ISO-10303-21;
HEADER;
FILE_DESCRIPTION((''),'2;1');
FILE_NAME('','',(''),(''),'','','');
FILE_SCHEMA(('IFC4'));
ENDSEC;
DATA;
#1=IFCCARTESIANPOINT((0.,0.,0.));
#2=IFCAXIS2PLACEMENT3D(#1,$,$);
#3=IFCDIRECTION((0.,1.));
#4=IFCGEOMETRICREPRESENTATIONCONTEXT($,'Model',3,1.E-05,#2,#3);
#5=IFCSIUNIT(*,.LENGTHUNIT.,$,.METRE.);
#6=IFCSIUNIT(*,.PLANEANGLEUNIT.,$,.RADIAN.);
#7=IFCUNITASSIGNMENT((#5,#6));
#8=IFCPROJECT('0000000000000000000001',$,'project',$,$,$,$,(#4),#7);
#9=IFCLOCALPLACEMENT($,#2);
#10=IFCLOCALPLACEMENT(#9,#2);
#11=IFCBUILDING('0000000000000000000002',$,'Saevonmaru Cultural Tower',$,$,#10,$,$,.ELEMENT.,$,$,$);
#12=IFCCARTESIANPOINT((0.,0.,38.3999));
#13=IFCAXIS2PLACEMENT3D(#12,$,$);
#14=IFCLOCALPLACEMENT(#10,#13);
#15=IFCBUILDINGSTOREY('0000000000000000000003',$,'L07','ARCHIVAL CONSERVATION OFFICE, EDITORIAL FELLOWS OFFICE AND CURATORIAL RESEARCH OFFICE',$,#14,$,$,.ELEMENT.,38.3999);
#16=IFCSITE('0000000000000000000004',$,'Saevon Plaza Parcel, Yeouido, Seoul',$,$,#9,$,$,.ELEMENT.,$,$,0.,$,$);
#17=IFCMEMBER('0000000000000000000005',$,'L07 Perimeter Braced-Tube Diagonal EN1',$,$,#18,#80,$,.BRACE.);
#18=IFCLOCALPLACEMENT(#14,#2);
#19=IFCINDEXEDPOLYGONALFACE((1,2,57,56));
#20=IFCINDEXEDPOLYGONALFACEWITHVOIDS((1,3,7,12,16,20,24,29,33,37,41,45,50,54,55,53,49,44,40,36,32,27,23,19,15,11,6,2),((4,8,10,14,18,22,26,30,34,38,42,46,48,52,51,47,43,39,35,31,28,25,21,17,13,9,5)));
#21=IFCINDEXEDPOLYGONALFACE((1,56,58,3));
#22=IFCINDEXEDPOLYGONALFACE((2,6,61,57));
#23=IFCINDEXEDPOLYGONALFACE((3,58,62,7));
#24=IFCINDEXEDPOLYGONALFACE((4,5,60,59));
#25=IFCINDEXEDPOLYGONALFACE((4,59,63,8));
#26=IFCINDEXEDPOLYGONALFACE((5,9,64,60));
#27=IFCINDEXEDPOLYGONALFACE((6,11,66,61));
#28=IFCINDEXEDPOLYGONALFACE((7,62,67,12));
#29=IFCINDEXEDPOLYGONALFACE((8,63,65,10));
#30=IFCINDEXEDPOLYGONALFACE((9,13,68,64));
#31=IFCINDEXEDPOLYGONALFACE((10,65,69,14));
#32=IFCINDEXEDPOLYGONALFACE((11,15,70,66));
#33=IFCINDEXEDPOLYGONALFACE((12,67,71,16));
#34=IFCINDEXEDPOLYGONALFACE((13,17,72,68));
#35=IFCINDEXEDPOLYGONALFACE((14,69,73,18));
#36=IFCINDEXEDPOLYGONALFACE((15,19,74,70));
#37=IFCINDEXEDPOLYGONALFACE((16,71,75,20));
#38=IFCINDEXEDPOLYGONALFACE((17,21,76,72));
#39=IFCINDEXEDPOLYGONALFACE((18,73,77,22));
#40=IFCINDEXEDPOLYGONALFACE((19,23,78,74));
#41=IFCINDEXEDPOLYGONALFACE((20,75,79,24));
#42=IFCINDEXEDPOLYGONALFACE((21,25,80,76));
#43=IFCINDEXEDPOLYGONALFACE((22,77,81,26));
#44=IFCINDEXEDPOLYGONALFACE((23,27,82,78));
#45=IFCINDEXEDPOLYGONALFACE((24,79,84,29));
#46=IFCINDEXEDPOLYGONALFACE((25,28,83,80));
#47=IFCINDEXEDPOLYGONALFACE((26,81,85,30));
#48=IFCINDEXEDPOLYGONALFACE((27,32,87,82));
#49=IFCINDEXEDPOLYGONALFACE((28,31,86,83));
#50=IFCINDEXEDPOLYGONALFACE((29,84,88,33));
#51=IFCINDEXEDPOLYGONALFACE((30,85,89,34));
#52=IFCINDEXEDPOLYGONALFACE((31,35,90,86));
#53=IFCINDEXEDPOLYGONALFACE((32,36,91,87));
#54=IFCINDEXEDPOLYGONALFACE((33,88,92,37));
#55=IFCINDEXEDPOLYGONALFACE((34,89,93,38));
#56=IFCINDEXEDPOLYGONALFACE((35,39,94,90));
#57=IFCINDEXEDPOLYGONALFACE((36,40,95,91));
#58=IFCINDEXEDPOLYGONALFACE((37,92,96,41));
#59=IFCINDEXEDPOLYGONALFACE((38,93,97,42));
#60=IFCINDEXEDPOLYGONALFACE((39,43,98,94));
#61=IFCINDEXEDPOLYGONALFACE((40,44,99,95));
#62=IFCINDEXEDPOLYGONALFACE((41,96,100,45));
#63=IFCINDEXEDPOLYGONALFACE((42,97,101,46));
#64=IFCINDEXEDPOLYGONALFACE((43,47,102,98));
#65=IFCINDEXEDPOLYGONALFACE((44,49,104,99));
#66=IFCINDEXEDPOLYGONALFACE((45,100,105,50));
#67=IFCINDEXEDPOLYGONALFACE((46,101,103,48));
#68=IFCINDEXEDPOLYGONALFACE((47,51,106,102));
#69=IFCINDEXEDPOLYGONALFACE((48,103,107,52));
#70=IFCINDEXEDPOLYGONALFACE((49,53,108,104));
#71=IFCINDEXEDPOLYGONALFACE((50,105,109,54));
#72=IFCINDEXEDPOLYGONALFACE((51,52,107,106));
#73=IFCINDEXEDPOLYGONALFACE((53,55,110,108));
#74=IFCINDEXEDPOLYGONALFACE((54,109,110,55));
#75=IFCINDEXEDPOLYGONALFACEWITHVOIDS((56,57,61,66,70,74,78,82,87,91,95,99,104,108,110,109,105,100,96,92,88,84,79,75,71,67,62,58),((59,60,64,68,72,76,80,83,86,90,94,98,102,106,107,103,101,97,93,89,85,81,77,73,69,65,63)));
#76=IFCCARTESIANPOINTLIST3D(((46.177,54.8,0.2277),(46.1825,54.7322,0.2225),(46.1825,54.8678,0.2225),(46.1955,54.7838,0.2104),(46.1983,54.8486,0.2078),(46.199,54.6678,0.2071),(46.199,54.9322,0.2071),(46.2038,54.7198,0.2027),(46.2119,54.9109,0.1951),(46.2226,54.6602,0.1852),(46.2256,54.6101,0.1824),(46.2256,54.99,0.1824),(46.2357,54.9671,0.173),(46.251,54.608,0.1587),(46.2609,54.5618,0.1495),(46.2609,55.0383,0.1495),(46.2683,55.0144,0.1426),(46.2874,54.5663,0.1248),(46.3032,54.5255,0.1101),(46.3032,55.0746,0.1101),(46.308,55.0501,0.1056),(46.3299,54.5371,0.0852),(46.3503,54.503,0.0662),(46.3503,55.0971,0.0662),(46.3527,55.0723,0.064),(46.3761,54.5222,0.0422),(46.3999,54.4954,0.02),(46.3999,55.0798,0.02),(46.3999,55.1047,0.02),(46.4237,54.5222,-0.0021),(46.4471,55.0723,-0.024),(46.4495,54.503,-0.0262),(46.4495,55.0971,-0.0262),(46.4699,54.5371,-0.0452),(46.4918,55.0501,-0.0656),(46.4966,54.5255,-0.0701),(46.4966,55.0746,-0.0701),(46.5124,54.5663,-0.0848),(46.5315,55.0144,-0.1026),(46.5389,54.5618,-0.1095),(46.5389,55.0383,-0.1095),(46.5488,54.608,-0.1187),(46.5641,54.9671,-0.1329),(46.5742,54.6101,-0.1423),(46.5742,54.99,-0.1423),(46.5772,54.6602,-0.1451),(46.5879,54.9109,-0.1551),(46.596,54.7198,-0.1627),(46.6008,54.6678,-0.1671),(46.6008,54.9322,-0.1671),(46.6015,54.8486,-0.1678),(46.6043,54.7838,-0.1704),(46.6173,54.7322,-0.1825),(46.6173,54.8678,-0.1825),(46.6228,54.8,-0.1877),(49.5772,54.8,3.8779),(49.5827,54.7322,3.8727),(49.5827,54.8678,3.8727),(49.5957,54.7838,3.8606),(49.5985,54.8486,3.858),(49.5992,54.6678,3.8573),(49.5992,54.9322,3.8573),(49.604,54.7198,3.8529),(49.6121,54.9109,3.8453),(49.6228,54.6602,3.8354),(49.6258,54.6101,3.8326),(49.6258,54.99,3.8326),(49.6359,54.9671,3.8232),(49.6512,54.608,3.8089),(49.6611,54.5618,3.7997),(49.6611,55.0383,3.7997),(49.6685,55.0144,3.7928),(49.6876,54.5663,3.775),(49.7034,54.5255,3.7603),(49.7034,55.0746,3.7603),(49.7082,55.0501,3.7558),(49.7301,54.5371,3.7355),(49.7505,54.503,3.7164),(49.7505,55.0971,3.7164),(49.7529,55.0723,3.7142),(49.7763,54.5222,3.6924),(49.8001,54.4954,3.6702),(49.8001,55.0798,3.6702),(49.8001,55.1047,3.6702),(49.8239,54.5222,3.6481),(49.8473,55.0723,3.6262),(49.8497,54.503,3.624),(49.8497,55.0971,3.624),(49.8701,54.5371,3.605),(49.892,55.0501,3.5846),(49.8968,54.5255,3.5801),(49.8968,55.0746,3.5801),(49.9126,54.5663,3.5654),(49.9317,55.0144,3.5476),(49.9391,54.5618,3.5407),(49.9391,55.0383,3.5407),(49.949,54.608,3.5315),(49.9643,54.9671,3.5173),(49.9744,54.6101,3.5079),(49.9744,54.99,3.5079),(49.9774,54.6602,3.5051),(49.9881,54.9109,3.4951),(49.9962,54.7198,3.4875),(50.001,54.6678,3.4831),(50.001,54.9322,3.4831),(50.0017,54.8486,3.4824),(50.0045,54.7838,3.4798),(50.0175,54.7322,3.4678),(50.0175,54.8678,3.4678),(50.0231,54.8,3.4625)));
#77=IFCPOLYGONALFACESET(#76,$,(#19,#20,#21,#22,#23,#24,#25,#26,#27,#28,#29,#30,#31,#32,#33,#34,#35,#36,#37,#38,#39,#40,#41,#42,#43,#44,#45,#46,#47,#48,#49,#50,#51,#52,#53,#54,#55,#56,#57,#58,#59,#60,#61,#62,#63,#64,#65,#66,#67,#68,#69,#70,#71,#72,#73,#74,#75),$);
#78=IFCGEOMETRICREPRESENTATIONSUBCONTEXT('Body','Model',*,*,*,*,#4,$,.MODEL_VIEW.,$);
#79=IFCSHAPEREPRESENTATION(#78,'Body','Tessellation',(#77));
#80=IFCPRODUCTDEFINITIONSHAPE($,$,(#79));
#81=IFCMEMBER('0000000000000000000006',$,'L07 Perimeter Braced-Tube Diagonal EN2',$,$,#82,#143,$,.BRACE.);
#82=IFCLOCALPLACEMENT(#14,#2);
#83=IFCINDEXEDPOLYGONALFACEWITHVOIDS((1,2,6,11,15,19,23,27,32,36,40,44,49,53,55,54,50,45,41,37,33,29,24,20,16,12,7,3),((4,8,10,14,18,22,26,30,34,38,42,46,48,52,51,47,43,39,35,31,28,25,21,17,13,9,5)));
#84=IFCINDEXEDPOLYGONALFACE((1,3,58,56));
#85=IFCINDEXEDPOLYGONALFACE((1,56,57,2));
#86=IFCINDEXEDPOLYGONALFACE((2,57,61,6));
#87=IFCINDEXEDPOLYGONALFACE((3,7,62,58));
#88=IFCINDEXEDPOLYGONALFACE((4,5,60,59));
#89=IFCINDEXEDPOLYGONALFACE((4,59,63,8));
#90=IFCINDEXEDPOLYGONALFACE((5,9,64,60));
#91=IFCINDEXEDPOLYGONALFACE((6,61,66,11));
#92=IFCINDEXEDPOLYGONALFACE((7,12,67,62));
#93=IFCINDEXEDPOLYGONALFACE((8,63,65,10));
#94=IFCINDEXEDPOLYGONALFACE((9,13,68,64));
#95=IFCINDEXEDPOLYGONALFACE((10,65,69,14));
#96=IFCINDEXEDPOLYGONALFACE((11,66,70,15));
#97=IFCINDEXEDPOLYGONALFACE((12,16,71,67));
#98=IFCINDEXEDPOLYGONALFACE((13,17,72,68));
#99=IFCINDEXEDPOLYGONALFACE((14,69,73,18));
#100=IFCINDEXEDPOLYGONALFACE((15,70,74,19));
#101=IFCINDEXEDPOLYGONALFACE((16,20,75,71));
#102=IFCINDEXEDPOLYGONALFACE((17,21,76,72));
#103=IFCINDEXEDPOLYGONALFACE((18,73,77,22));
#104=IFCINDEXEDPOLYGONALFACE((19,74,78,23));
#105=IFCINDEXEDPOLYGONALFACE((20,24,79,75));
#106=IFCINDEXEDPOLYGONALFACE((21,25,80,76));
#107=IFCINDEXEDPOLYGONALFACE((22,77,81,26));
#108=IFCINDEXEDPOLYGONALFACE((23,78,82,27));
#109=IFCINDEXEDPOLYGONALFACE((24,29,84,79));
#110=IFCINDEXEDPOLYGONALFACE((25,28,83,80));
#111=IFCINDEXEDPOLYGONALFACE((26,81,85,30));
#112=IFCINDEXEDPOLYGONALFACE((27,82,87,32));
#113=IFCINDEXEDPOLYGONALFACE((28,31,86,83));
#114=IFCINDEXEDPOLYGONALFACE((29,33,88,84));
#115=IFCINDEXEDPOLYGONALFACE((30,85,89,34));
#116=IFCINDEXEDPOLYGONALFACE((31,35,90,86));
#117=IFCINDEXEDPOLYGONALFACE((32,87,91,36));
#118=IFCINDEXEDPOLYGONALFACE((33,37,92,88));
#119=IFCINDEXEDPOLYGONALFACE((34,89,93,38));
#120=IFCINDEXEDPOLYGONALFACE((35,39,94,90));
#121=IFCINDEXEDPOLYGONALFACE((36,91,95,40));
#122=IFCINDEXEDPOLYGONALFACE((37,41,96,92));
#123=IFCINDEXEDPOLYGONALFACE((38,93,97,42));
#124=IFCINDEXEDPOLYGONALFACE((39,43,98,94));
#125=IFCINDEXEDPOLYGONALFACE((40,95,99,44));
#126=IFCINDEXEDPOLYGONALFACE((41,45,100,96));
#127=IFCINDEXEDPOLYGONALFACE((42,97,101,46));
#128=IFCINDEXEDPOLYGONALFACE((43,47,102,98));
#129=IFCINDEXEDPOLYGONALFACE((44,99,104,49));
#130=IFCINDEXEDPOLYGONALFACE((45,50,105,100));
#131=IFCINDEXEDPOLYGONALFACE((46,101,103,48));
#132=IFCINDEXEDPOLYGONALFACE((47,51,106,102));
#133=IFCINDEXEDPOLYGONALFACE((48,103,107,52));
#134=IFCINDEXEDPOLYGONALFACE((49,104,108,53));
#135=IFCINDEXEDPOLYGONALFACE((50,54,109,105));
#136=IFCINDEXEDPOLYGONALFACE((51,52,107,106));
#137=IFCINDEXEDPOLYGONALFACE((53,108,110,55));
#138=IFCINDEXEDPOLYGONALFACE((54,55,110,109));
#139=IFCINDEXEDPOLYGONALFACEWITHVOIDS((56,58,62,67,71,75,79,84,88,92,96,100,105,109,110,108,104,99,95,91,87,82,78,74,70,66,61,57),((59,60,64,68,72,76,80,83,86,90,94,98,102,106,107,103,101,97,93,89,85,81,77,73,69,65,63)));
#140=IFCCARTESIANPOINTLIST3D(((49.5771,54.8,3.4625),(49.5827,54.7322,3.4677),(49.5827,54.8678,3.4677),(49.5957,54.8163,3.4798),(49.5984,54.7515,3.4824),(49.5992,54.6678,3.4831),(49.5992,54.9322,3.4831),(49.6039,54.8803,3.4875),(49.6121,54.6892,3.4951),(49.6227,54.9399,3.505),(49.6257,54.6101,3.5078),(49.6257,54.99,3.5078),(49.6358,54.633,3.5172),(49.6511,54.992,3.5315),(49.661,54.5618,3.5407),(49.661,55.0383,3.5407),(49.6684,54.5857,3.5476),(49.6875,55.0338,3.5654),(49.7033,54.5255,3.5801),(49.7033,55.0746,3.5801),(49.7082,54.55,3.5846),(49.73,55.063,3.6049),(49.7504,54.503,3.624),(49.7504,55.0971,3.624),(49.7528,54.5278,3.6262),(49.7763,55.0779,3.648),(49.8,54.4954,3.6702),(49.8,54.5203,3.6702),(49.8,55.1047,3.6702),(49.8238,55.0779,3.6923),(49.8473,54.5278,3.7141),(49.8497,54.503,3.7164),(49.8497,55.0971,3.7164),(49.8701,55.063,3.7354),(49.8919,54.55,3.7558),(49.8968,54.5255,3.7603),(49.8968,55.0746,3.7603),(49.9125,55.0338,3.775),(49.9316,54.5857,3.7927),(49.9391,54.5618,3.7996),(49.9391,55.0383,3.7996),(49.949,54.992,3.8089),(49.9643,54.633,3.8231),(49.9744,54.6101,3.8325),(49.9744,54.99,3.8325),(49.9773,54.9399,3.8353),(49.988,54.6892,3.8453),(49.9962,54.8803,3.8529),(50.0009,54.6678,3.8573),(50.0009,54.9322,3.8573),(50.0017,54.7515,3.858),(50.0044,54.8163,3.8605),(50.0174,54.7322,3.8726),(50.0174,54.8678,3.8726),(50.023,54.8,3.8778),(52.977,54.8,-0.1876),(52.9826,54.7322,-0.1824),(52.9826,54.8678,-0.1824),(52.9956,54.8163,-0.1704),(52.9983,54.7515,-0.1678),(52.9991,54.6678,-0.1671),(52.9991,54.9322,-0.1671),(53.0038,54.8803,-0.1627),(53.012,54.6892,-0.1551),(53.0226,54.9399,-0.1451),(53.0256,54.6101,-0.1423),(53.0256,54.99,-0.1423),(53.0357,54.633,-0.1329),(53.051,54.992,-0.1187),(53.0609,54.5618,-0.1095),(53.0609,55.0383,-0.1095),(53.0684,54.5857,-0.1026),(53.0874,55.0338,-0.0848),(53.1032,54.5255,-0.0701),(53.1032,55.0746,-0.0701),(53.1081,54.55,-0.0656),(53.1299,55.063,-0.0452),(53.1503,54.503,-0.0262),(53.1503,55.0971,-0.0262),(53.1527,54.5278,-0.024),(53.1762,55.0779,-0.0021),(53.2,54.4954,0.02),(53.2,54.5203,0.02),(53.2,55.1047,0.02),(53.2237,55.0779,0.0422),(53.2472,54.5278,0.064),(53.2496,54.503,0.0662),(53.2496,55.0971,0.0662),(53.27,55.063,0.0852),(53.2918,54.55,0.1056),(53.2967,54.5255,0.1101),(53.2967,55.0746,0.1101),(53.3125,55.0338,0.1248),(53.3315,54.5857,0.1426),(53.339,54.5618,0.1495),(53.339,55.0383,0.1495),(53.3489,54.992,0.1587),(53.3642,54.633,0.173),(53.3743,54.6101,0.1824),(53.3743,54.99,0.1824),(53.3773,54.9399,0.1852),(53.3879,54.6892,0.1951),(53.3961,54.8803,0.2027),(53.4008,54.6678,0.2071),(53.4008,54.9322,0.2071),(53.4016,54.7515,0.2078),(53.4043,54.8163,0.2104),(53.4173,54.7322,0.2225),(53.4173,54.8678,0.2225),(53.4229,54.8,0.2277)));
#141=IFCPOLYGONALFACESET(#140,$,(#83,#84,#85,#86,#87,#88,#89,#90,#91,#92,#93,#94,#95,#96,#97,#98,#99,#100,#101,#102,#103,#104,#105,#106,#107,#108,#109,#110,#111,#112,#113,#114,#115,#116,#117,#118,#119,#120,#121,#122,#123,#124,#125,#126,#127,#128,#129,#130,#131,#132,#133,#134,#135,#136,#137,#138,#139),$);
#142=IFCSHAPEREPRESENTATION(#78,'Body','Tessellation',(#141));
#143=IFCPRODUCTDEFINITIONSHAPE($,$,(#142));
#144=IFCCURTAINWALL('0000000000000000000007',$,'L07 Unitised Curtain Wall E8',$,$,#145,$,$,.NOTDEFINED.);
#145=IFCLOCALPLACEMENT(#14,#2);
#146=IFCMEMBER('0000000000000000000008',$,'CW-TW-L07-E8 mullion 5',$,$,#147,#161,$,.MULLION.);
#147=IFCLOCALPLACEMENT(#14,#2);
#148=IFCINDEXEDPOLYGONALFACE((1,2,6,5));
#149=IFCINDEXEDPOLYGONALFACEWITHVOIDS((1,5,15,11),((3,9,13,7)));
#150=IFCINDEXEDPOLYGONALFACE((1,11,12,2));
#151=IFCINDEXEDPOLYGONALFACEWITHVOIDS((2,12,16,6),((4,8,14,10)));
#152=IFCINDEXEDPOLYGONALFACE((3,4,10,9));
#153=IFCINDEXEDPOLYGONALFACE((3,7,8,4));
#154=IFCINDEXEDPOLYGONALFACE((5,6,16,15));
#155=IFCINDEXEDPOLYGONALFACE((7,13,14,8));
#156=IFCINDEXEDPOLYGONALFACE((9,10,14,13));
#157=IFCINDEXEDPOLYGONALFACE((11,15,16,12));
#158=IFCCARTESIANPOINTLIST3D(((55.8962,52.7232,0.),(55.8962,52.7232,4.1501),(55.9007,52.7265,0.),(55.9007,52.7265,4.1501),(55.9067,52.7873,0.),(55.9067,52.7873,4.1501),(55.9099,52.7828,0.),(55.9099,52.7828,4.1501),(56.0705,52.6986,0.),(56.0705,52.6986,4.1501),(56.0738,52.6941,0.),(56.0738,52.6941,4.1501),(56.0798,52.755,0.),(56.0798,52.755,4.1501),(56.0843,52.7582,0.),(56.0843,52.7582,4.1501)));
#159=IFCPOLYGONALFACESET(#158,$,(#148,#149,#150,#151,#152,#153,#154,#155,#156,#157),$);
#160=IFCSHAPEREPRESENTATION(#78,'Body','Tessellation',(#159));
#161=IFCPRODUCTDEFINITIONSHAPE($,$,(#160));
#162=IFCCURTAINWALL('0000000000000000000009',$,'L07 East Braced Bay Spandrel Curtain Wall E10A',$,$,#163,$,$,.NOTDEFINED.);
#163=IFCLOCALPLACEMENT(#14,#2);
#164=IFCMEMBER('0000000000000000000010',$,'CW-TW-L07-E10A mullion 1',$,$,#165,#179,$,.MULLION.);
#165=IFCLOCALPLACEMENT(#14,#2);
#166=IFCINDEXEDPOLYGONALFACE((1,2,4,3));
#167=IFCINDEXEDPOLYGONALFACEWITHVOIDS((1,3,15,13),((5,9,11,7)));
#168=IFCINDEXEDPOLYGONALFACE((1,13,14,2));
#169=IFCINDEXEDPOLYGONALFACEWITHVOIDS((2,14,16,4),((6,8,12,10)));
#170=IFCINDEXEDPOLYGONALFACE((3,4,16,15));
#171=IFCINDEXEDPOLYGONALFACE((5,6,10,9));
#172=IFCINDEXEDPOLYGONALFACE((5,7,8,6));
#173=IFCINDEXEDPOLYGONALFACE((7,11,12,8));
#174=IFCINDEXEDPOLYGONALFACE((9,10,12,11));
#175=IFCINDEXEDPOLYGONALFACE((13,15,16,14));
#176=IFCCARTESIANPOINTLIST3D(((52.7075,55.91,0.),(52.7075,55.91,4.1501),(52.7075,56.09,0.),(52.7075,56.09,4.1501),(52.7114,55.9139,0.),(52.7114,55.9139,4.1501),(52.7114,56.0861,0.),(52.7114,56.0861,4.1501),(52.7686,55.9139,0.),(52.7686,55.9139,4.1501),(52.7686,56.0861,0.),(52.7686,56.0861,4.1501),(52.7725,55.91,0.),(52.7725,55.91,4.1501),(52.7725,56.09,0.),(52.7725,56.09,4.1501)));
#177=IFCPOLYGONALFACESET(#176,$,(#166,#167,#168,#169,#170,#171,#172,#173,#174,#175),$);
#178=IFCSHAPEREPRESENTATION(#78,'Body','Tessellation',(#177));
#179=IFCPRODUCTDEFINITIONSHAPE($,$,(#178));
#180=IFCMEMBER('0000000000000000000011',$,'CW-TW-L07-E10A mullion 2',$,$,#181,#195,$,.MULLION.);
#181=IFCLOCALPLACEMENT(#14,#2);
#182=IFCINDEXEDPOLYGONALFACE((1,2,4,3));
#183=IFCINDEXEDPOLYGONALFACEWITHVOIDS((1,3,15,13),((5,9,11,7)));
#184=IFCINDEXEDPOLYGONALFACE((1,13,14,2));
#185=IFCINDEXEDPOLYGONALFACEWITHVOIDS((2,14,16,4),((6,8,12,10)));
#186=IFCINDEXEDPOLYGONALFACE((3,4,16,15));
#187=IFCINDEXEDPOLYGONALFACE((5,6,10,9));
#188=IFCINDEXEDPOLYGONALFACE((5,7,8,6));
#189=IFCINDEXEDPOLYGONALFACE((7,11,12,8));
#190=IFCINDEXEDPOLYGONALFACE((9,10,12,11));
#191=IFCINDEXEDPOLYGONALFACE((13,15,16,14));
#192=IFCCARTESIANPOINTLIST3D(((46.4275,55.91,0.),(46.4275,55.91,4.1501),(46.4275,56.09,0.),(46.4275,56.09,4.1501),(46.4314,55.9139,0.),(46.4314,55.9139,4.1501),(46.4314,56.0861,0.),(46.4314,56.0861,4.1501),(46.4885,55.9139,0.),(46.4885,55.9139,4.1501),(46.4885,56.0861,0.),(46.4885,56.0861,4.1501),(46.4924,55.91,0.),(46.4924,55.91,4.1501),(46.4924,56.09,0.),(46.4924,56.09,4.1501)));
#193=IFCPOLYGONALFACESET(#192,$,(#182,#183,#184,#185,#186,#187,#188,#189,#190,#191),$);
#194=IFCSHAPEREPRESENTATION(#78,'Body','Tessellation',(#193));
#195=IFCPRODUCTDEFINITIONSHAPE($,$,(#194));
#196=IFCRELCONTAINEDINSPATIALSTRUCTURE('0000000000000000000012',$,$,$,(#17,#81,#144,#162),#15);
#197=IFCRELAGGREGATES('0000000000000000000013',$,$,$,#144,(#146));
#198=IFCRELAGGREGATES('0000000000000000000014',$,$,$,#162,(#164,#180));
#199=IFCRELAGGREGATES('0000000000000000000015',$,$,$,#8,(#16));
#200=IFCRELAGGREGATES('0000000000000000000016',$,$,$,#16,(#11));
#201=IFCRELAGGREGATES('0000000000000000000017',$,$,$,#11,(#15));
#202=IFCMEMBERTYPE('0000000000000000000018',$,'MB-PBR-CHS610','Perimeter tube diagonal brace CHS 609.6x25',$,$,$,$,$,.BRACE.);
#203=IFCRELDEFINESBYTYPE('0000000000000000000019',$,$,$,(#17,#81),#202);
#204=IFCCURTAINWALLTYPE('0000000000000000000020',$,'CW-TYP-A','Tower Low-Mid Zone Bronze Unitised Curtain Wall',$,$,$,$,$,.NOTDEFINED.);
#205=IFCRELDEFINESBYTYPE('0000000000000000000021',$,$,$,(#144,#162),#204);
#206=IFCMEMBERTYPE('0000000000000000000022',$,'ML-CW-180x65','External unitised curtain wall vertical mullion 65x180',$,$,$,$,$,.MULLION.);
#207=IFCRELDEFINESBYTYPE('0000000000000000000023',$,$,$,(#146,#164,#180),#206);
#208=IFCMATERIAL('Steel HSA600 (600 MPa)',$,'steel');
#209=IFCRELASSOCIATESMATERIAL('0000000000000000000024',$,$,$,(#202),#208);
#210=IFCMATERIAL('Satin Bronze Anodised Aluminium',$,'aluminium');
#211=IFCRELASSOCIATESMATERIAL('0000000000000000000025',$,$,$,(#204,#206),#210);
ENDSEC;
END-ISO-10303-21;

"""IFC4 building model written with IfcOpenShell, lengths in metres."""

from ifc_helpers import new_model, si_unit, direction, frame, origin, origin_2d, place, context, subcontext, project, spatial, hollow_rectangle, hollow_circle, extrude, material, material_profile, profile_set, type_object, element, aggregate, save


model = new_model("IFC4")

# Units and contexts
model_context = context("Model", 3, precision=1e-05, world=origin(), true_north=direction((0.0, 1.0)))
body_context = subcontext(model_context, "Body", "Model", "MODEL_VIEW")
ifc_project = project(units=[si_unit("LENGTHUNIT", "METRE"), si_unit("PLANEANGLEUNIT", "RADIAN")], contexts=[model_context])

# Site, building, storey
site_placement = place(None, origin())
site = spatial("IfcSite", under=ifc_project, at=site_placement, Name="Saevon Plaza Parcel, Yeouido, Seoul", CompositionType="ELEMENT", RefElevation=0.0)
building_placement = place(site_placement, origin())
building = spatial("IfcBuilding", under=site, at=building_placement, Name="Saevonmaru Cultural Tower", CompositionType="ELEMENT")
storey_placement = place(building_placement, frame((0.0, 0.0, 38.3999)))
storey = spatial("IfcBuildingStorey", under=building, at=storey_placement, Name="L07", Description="ARCHIVAL CONSERVATION OFFICE, EDITORIAL FELLOWS OFFICE AND CURATORIAL RESEARCH OFFICE", CompositionType="ELEMENT", Elevation=38.3999)

# Shared definitions
ifc_material_1 = material(Name="Steel HSA600 (600 MPa)", Category="steel")

# Members
ifc_material_profile_1 = material_profile(ifc_material_1, hollow_circle(Radius=0.3047, WallThickness=0.0249, at=origin_2d()), Name="CHS-609.6x25")
ifc_profile_set_1 = profile_set([ifc_material_profile_1], Name="Steel HSA600 (600 MPa)")
member_type_1 = type_object("IfcMemberType", Name="MB-PBR-CHS610", Description="Perimeter tube diagonal brace CHS 609.6x25", PredefinedType="BRACE", material=ifc_profile_set_1)
member_1_placement = place(storey_placement, frame((46.3999, 54.8, 0.02), z_axis=(0.681605, 0.0, 0.731721), x_axis=(0.0, 1.0, 0.0)))
element("IfcMember", 1, at=member_1_placement, inside=storey, type_object=member_type_1, Name="L07 Perimeter Braced-Tube Diagonal EN1", PredefinedType="BRACE", context=body_context, shape_type="SweptSolid", body=[
    extrude(hollow_circle(Radius=0.3047, WallThickness=0.0249, at=origin_2d()), origin(), (0.0, 0.0, 1.0), 4.9885),
])
member_2_placement = place(storey_placement, frame((53.2, 54.8, 0.02), z_axis=(-0.681579, 0.0, 0.731745), x_axis=(0.0, -1.0, 0.0)))
element("IfcMember", 2, at=member_2_placement, inside=storey, type_object=member_type_1, Name="L07 Perimeter Braced-Tube Diagonal EN2", PredefinedType="BRACE", context=body_context, shape_type="SweptSolid", body=[
    extrude(hollow_circle(Radius=0.3047, WallThickness=0.0249, at=origin_2d()), origin(), (0.0, 0.0, 1.0), 4.9883),
])

# Curtain wall, member
ifc_material_2 = material(Name="Satin Bronze Anodised Aluminium", Category="aluminium")
curtain_wall_type = type_object("IfcCurtainWallType", Name="CW-TYP-A", Description="Tower Low-Mid Zone Bronze Unitised Curtain Wall", PredefinedType="NOTDEFINED", material=ifc_material_2)
curtain_wall_1_placement = place(storey_placement, origin())
curtain_wall_1 = element("IfcCurtainWall", 3, at=curtain_wall_1_placement, inside=storey, type_object=curtain_wall_type, Name="L07 Unitised Curtain Wall E8", PredefinedType="NOTDEFINED")
ifc_material_profile_2 = material_profile(ifc_material_2, hollow_rectangle(XDim=0.0649, YDim=0.1799, WallThickness=0.0039, at=origin_2d()), Name="ALU-MULL-180x65x4")
ifc_profile_set_2 = profile_set([ifc_material_profile_2], Name="Satin Bronze Anodised Aluminium")
member_type_2 = type_object("IfcMemberType", Name="ML-CW-180x65", Description="External unitised curtain wall vertical mullion 65x180", PredefinedType="MULLION", material=ifc_profile_set_2)
member_3_placement = place(storey_placement, frame((55.9902, 52.7407, 0.0), z_axis=(0.0, 0.0, 1.0), x_axis=(0.161709, 0.986839, 0.0)))
member_3 = element("IfcMember", 4, at=member_3_placement, type_object=member_type_2, Name="CW-TW-L07-E8 mullion 5", PredefinedType="MULLION", context=body_context, shape_type="SweptSolid", body=[
    extrude(hollow_rectangle(XDim=0.0649, YDim=0.1799, WallThickness=0.0039, at=origin_2d()), origin(), (0.0, 0.0, 1.0), 4.1501),
])

# Curtain wall, members
curtain_wall_2_placement = place(storey_placement, origin())
curtain_wall_2 = element("IfcCurtainWall", 5, at=curtain_wall_2_placement, inside=storey, type_object=curtain_wall_type, Name="L07 East Braced Bay Spandrel Curtain Wall E10A", PredefinedType="NOTDEFINED")
member_4_placement = place(storey_placement, frame((52.74, 56.0, 0.0), z_axis=(0.0, 0.0, 1.0), x_axis=(-1.0, 0.0, 0.0)))
member_4 = element("IfcMember", 6, at=member_4_placement, type_object=member_type_2, Name="CW-TW-L07-E10A mullion 1", PredefinedType="MULLION", context=body_context, shape_type="SweptSolid", body=[
    extrude(hollow_rectangle(XDim=0.0649, YDim=0.1799, WallThickness=0.0039, at=origin_2d()), origin(), (0.0, 0.0, 1.0), 4.1501),
])
member_5_placement = place(storey_placement, frame((46.46, 56.0, 0.0), z_axis=(0.0, 0.0, 1.0), x_axis=(-1.0, 0.0, 0.0)))
member_5 = element("IfcMember", 7, at=member_5_placement, type_object=member_type_2, Name="CW-TW-L07-E10A mullion 2", PredefinedType="MULLION", context=body_context, shape_type="SweptSolid", body=[
    extrude(hollow_rectangle(XDim=0.0649, YDim=0.1799, WallThickness=0.0039, at=origin_2d()), origin(), (0.0, 0.0, 1.0), 4.1501),
])

aggregate(curtain_wall_1, [member_3])
aggregate(curtain_wall_2, [member_4, member_5])

save(model, "model.ifc")
